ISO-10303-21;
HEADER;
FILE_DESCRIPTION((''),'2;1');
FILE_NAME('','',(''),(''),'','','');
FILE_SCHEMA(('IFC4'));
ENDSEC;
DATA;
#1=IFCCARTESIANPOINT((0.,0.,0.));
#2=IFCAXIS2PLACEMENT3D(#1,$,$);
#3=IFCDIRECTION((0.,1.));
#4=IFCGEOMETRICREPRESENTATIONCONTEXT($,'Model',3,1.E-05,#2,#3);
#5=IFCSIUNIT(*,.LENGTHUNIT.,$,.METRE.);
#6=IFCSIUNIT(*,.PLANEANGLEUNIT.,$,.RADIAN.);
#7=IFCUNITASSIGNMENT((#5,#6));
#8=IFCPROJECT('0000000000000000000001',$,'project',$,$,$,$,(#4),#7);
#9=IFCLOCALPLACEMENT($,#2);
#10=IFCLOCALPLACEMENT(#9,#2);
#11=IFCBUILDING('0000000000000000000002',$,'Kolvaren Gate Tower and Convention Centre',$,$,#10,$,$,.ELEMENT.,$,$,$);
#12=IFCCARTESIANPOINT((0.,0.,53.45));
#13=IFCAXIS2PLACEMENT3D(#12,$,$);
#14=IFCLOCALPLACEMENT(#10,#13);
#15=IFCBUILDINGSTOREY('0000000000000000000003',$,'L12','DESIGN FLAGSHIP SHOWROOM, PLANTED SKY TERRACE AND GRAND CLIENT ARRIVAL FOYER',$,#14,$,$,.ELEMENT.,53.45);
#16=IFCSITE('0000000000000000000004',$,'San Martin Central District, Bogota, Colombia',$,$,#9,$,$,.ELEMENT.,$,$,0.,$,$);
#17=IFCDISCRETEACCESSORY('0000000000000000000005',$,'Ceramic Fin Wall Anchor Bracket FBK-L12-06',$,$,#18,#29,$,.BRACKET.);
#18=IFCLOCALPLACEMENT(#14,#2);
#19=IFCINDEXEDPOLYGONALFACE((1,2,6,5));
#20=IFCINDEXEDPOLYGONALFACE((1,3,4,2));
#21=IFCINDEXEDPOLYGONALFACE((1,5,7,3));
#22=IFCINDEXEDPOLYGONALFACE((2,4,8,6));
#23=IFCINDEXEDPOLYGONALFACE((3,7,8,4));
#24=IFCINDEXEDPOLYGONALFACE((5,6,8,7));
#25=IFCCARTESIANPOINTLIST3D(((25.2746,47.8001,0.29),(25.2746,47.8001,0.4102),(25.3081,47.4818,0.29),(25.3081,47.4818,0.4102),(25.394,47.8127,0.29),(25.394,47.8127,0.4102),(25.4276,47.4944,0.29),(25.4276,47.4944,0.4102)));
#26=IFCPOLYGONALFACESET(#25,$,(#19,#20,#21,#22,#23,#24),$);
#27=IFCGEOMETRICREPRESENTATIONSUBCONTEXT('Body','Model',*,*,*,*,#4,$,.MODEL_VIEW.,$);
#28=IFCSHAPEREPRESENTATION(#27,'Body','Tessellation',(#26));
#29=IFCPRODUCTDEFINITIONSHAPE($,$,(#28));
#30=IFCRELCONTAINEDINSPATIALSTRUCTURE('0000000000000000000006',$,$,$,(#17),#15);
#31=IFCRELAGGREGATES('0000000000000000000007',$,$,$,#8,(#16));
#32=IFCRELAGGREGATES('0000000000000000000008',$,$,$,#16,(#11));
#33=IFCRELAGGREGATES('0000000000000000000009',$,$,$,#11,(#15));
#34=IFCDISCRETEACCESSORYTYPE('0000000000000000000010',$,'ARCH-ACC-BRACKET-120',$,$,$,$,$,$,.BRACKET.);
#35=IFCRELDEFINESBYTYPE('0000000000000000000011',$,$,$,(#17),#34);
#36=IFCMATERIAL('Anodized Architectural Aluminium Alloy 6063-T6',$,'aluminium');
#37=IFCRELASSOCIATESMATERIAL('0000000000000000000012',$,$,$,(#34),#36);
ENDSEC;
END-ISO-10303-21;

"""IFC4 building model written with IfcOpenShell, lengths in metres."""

from ifc_helpers import new_model, si_unit, direction, frame, origin, origin_2d, place, context, subcontext, project, spatial, rectangle, extrude, material, type_object, element, save


model = new_model("IFC4")

# Units and contexts
model_context = context("Model", 3, precision=1e-05, world=origin(), true_north=direction((0.0, 1.0)))
body_context = subcontext(model_context, "Body", "Model", "MODEL_VIEW")
ifc_project = project(units=[si_unit("LENGTHUNIT", "METRE"), si_unit("PLANEANGLEUNIT", "RADIAN")], contexts=[model_context])

# Site, building, storey
site_placement = place(None, origin())
site = spatial("IfcSite", under=ifc_project, at=site_placement, Name="San Martin Central District, Bogota, Colombia", CompositionType="ELEMENT", RefElevation=0.0)
building_placement = place(site_placement, origin())
building = spatial("IfcBuilding", under=site, at=building_placement, Name="Kolvaren Gate Tower and Convention Centre", CompositionType="ELEMENT")
storey_placement = place(building_placement, frame((0.0, 0.0, 53.45)))
storey = spatial("IfcBuildingStorey", under=building, at=storey_placement, Name="L12", Description="DESIGN FLAGSHIP SHOWROOM, PLANTED SKY TERRACE AND GRAND CLIENT ARRIVAL FOYER", CompositionType="ELEMENT", Elevation=53.45)

# Discrete accessory
ifc_material_1 = material(Name="Anodized Architectural Aluminium Alloy 6063-T6", Category="aluminium")
discrete_accessory_type = type_object("IfcDiscreteAccessoryType", Name="ARCH-ACC-BRACKET-120", PredefinedType="BRACKET", material=ifc_material_1)
discrete_accessory_placement = place(storey_placement, frame((25.3511, 47.6472, 0.29), z_axis=(0.0, 0.0, 1.0), x_axis=(0.994499, 0.104747, 0.0)))
element("IfcDiscreteAccessory", 1, at=discrete_accessory_placement, inside=storey, type_object=discrete_accessory_type, Name="Ceramic Fin Wall Anchor Bracket FBK-L12-06", PredefinedType="BRACKET", context=body_context, shape_type="SweptSolid", body=[
    extrude(rectangle(XDim=0.1201, YDim=0.3201, at=origin_2d()), origin(), (0.0, 0.0, 1.0), 0.1201),
])

save(model, "model.ifc")
